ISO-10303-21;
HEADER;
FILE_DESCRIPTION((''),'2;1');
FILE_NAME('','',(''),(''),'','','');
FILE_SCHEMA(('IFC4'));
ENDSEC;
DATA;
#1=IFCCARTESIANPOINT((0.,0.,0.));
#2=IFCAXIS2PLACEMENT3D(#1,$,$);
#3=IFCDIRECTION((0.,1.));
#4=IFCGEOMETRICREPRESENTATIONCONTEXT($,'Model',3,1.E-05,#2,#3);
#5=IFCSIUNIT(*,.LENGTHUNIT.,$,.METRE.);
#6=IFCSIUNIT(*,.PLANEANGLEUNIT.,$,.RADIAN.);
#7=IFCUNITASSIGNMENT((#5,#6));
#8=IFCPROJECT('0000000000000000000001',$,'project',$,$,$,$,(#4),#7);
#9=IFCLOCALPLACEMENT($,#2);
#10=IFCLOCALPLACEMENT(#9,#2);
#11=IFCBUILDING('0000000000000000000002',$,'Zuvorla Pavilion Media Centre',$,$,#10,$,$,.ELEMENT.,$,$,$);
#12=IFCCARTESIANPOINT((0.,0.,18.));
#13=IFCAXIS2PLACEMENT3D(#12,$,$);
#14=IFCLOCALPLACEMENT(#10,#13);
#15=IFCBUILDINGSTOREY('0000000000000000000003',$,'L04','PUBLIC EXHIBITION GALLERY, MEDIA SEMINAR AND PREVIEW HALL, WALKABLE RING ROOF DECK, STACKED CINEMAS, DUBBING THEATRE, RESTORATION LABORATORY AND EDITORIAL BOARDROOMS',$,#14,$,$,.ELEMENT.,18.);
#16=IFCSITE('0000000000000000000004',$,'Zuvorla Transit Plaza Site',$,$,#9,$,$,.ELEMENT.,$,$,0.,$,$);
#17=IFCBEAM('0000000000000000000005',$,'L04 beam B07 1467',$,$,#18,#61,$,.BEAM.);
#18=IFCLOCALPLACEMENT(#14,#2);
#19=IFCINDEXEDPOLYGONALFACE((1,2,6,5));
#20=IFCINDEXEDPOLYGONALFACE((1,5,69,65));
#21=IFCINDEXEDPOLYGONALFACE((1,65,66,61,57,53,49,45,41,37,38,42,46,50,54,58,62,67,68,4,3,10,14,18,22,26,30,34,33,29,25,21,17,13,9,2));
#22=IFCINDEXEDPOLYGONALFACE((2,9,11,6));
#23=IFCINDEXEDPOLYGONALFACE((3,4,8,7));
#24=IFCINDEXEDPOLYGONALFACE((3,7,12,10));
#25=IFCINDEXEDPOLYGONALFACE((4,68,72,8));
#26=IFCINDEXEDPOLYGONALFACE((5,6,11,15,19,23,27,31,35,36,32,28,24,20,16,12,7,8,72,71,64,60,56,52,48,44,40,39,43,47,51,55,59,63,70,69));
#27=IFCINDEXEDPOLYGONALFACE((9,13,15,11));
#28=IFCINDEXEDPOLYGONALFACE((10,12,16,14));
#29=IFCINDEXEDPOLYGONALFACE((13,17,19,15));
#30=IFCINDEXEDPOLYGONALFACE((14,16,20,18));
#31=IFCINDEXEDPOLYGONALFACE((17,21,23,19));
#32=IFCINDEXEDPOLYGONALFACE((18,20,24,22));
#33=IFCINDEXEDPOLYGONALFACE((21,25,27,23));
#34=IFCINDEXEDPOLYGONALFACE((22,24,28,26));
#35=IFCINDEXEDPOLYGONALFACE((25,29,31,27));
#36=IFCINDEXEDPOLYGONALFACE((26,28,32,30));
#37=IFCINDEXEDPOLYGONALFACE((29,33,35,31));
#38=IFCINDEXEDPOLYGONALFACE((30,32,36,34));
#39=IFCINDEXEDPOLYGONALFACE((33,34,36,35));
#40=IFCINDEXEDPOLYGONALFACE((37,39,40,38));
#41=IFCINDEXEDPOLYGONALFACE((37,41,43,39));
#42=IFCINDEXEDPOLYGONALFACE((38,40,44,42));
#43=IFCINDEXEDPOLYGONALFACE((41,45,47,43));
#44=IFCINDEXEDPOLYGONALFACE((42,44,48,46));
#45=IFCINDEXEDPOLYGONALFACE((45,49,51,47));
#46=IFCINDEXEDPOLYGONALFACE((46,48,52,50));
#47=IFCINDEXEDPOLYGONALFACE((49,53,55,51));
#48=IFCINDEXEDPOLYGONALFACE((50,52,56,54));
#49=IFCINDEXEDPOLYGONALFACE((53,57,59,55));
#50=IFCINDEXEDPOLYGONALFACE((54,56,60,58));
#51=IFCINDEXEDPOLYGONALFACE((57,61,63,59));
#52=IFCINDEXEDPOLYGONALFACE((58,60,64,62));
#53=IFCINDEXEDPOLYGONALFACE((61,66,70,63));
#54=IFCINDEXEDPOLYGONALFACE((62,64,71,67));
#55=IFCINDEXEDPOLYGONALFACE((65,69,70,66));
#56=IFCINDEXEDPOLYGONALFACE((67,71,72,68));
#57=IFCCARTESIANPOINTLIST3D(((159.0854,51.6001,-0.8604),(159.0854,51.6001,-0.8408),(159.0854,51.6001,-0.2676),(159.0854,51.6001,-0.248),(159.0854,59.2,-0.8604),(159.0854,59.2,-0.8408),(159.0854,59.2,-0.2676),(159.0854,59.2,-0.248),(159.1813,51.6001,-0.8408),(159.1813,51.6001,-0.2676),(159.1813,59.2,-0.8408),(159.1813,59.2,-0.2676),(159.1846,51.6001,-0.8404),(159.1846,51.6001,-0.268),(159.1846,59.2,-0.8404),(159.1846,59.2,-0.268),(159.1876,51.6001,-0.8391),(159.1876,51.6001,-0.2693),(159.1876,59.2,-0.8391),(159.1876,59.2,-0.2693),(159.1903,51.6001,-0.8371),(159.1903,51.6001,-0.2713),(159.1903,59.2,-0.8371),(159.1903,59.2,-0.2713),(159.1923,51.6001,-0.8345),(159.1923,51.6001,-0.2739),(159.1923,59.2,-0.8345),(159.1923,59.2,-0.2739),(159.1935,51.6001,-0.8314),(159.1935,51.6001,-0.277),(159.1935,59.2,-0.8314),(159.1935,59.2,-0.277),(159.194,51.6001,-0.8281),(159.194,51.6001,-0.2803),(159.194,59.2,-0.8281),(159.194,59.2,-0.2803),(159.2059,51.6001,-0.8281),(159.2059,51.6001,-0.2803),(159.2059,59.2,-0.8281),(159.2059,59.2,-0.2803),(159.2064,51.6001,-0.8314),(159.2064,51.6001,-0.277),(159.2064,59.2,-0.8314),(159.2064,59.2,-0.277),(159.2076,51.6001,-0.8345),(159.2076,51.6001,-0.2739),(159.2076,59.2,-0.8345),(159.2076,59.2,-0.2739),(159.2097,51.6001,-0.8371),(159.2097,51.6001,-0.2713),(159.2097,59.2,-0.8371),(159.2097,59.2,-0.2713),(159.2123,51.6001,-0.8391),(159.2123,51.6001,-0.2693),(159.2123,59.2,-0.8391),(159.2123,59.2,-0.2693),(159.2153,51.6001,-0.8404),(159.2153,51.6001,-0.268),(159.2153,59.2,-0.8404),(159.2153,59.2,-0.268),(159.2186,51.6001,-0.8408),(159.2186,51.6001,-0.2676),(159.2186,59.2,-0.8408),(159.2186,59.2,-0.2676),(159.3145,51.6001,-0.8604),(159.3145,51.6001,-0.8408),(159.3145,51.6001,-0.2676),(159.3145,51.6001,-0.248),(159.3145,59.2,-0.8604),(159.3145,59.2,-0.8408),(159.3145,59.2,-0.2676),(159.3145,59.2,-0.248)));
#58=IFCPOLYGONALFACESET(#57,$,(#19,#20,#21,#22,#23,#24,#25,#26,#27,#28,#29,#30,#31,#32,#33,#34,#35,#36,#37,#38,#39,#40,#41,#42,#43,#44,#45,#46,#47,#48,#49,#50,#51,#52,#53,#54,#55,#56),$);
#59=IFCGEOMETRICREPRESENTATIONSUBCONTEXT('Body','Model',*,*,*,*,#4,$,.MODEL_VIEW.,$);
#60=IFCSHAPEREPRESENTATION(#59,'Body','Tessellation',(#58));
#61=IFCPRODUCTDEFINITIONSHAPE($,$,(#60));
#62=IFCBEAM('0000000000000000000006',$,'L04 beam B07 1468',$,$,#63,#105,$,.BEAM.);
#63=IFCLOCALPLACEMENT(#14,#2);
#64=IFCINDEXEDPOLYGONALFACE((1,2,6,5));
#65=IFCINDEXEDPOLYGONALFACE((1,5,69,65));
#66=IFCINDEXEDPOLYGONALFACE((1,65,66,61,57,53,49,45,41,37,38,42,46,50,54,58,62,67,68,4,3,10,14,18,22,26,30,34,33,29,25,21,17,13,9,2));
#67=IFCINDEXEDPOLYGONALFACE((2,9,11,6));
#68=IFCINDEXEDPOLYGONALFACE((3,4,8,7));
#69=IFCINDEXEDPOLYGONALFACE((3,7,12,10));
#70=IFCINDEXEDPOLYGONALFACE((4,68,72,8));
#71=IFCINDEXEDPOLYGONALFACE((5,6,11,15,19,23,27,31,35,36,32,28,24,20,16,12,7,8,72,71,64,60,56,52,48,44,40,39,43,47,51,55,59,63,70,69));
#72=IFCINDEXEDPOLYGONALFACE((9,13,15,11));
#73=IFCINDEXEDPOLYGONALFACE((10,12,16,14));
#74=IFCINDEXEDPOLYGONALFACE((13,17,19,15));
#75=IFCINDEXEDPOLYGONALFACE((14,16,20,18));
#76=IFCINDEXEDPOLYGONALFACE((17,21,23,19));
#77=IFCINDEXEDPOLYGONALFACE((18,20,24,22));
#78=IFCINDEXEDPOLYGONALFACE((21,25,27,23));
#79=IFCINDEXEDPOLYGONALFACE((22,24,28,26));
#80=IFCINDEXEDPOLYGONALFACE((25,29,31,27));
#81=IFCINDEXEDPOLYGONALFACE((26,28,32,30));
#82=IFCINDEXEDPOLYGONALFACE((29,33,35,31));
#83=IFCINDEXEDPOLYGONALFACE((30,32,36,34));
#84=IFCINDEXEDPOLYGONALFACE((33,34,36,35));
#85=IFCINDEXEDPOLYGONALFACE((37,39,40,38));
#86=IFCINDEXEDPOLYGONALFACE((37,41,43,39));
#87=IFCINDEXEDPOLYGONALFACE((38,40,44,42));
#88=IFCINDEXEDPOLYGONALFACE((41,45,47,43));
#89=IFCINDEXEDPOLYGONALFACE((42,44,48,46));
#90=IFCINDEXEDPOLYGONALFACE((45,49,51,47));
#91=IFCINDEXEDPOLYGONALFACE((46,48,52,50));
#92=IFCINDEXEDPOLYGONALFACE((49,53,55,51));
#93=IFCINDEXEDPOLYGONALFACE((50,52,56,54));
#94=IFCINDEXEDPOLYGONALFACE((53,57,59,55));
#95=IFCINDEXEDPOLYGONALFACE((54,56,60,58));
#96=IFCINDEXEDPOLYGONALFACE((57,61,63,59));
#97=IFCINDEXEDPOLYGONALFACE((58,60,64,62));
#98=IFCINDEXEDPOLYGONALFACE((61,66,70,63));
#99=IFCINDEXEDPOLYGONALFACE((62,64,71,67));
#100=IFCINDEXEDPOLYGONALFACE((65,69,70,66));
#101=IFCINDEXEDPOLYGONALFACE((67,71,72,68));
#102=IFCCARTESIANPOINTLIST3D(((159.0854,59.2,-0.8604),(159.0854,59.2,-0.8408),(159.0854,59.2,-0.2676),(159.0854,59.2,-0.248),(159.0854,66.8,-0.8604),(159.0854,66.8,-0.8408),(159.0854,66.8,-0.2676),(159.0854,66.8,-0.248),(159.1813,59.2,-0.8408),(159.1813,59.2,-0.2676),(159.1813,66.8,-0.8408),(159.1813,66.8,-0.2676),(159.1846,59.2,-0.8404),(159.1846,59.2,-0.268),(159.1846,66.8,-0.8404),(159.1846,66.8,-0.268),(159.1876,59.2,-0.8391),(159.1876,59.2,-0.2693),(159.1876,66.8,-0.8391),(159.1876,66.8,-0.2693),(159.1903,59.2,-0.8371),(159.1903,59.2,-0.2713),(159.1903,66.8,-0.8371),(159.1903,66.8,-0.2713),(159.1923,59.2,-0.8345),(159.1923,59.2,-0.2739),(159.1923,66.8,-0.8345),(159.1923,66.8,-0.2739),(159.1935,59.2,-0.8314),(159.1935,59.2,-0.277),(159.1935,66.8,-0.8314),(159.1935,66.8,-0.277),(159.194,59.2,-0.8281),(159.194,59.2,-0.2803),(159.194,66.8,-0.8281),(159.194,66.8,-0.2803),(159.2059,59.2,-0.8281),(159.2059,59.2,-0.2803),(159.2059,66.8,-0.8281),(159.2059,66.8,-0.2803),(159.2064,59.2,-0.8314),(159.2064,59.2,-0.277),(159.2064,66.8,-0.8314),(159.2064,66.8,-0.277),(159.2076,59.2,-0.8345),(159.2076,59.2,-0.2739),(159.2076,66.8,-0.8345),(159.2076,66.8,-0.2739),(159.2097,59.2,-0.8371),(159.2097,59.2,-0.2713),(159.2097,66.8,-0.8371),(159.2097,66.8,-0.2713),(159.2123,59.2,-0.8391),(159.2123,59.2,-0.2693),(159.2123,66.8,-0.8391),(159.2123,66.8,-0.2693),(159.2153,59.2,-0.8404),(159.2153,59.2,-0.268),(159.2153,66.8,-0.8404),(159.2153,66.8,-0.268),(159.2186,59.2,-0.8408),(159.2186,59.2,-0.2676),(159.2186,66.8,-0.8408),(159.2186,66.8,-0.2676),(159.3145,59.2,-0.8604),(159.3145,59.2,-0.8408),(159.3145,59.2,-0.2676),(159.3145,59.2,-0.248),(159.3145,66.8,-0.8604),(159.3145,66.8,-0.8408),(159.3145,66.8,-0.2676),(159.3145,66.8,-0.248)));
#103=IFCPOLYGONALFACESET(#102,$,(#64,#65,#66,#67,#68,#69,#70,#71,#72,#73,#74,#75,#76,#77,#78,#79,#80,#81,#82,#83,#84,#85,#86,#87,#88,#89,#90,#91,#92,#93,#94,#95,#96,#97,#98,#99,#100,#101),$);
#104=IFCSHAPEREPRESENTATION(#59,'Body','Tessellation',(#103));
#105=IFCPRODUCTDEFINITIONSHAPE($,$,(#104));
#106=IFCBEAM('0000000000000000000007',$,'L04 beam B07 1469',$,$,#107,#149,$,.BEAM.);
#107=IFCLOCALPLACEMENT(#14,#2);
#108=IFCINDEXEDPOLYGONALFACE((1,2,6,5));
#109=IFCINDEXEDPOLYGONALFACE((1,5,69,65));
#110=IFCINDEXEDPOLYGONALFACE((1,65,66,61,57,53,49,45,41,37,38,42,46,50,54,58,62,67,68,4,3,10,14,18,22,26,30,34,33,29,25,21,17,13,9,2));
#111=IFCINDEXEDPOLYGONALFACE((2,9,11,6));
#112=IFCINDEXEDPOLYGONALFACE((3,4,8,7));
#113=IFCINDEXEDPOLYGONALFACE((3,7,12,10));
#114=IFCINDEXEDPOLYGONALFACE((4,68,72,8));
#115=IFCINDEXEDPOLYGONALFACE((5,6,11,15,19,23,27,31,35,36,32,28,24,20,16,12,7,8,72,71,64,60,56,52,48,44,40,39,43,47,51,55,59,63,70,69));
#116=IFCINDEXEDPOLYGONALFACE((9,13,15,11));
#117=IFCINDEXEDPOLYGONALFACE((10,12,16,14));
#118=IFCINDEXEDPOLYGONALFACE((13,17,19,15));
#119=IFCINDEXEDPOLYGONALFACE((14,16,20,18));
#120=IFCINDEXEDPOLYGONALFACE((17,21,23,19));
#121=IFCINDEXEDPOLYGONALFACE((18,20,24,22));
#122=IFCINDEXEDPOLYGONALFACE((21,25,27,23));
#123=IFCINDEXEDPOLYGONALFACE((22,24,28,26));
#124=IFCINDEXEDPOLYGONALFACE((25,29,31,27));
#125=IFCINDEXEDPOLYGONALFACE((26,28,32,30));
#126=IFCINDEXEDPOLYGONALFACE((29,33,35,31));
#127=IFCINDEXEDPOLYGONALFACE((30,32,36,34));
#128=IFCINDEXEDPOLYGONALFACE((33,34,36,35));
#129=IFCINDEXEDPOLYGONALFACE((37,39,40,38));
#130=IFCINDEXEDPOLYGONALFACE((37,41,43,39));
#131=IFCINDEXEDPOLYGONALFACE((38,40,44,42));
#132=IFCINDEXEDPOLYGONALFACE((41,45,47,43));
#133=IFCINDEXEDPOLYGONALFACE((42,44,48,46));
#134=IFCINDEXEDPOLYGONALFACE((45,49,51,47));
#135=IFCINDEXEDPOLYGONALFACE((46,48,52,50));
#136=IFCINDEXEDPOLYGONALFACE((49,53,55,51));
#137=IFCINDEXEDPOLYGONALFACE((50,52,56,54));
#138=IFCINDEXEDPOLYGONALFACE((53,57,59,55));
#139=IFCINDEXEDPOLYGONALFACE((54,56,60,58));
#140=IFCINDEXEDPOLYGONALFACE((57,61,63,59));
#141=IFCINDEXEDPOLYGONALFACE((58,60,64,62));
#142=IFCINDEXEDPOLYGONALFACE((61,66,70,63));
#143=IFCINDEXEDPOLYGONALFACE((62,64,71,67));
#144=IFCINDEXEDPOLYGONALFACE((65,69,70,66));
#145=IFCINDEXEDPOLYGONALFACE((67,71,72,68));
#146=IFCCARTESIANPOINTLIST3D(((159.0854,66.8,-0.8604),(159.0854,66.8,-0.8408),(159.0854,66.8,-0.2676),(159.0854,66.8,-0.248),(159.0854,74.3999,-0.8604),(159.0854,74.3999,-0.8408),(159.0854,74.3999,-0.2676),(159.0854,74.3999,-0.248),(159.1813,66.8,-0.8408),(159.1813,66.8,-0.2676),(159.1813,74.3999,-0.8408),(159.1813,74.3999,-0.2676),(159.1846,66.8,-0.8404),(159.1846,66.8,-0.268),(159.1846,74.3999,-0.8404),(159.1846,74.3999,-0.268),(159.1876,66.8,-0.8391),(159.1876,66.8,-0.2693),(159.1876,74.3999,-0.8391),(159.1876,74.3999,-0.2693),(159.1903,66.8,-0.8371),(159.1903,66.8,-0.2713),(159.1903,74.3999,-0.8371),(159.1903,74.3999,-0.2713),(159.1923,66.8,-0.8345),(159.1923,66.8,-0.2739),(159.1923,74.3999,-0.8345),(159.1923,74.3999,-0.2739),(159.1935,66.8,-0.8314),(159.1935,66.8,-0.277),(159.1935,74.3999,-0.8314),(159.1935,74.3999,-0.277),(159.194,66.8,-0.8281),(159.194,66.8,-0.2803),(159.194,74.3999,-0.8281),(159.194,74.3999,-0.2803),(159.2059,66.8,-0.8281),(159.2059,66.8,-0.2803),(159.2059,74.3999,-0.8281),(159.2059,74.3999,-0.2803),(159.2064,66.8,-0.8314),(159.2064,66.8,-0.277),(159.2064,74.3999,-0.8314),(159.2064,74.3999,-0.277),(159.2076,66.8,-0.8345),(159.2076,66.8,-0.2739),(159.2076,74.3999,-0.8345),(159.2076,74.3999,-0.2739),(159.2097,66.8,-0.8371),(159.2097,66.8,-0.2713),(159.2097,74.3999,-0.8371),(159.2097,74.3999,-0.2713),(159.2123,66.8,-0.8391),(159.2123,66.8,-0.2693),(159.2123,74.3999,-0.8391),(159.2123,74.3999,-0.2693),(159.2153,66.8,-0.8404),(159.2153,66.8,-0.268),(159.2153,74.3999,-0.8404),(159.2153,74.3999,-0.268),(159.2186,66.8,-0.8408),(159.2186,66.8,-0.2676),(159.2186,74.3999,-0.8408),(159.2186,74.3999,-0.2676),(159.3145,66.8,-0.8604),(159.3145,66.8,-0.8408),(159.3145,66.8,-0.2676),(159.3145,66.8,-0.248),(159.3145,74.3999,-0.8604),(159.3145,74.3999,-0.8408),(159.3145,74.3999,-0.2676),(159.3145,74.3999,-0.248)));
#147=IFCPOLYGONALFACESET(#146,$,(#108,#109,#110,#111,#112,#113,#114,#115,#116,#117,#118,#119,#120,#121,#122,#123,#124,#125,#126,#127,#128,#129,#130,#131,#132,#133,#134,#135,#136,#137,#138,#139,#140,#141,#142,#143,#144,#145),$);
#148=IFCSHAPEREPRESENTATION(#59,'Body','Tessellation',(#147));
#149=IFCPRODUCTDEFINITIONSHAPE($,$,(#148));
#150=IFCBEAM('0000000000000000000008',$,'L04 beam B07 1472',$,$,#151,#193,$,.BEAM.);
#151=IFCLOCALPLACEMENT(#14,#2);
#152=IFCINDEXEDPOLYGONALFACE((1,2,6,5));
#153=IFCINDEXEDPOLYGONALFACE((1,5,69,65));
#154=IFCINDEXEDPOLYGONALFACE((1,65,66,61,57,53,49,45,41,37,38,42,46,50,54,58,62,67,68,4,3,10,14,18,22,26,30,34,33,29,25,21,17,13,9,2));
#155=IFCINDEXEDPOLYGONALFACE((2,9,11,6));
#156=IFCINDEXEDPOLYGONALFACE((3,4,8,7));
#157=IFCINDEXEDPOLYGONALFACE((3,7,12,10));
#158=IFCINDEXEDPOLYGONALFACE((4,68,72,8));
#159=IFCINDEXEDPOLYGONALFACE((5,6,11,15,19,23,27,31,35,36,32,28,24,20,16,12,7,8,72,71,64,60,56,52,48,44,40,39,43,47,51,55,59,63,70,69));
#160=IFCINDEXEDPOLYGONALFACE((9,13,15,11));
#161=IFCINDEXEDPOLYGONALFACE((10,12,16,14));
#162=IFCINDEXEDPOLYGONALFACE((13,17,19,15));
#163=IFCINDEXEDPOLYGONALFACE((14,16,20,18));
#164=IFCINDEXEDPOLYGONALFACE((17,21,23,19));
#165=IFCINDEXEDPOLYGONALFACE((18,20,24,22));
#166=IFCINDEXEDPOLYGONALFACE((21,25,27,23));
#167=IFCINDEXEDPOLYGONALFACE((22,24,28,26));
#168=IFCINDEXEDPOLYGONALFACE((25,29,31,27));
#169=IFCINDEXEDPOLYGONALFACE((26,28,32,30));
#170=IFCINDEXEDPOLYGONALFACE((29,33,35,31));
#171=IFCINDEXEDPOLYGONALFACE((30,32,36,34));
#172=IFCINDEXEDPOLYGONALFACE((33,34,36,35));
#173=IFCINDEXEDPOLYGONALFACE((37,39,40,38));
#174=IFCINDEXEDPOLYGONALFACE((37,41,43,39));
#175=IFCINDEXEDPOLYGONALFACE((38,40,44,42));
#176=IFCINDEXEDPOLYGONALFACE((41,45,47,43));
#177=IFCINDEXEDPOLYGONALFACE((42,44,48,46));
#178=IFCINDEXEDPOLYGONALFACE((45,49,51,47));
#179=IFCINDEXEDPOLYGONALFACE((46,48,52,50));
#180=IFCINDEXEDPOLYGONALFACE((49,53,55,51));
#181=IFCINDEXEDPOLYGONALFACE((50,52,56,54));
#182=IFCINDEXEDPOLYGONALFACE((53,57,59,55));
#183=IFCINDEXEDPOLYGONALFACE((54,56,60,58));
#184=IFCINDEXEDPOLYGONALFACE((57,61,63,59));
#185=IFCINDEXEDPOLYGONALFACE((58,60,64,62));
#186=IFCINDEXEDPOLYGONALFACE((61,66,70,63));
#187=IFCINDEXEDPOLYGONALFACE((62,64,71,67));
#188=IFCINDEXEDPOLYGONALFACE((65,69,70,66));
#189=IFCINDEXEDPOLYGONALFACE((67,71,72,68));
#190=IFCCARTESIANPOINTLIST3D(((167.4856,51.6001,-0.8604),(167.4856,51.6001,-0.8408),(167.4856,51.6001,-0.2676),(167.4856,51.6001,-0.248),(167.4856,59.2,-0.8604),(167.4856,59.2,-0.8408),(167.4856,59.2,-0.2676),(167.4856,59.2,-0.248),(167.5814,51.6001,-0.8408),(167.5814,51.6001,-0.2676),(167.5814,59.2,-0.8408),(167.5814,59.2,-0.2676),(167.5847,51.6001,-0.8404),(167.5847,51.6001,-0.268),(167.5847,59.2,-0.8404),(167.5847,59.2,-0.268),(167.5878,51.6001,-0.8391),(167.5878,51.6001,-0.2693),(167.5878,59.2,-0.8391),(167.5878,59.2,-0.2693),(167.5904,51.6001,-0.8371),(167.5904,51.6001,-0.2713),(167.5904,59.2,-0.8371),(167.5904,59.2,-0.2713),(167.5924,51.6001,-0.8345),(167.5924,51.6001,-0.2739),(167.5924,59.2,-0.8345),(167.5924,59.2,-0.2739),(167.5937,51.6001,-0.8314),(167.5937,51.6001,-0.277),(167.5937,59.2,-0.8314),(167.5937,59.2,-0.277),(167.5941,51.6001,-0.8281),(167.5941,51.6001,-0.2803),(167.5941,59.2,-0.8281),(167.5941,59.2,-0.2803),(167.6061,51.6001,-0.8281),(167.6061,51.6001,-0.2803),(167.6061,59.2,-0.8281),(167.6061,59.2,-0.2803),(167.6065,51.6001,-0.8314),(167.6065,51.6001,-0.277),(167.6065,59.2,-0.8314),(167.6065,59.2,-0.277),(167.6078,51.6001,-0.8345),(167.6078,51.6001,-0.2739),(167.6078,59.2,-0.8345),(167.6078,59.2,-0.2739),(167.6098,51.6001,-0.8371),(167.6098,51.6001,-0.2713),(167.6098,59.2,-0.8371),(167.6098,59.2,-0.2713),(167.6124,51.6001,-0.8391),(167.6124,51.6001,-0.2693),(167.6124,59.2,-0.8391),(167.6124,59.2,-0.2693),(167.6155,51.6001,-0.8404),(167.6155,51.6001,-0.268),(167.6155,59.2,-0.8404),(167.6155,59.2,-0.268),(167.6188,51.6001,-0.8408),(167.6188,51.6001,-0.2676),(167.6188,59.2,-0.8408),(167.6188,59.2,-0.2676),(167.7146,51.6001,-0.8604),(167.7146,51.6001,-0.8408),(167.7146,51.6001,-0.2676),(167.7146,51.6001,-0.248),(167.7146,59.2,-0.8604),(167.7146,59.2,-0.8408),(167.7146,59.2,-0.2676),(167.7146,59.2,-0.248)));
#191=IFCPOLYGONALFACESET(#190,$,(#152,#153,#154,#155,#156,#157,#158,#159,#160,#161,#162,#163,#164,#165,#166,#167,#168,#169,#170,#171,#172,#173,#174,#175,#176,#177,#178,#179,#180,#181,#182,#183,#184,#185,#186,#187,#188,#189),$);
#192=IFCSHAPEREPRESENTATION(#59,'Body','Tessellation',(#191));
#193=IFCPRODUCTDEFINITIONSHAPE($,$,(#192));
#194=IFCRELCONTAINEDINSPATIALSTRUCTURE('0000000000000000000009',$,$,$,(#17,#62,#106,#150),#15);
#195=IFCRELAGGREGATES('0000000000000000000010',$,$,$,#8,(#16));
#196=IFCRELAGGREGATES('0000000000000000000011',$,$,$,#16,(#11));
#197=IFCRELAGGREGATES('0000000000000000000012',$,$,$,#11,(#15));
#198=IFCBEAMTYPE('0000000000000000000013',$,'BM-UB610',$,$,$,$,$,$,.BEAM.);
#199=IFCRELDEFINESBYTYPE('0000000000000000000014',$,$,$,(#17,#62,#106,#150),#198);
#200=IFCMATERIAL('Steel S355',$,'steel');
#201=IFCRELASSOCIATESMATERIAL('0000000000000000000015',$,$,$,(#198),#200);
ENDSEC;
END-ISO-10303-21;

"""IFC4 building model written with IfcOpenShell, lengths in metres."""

from ifc_helpers import new_model, si_unit, direction, frame, origin, origin_2d, place, context, subcontext, project, spatial, i_section, extrude, material, material_profile, profile_set, type_object, element, save


model = new_model("IFC4")

# Units and contexts
model_context = context("Model", 3, precision=1e-05, world=origin(), true_north=direction((0.0, 1.0)))
body_context = subcontext(model_context, "Body", "Model", "MODEL_VIEW")
ifc_project = project(units=[si_unit("LENGTHUNIT", "METRE"), si_unit("PLANEANGLEUNIT", "RADIAN")], contexts=[model_context])

# Site, building, storey
site_placement = place(None, origin())
site = spatial("IfcSite", under=ifc_project, at=site_placement, Name="Zuvorla Transit Plaza Site", CompositionType="ELEMENT", RefElevation=0.0)
building_placement = place(site_placement, origin())
building = spatial("IfcBuilding", under=site, at=building_placement, Name="Zuvorla Pavilion Media Centre", CompositionType="ELEMENT")
storey_placement = place(building_placement, frame((0.0, 0.0, 18.0)))
storey = spatial("IfcBuildingStorey", under=building, at=storey_placement, Name="L04", Description="PUBLIC EXHIBITION GALLERY, MEDIA SEMINAR AND PREVIEW HALL, WALKABLE RING ROOF DECK, STACKED CINEMAS, DUBBING THEATRE, RESTORATION LABORATORY AND EDITORIAL BOARDROOMS", CompositionType="ELEMENT", Elevation=18.0)

# Beams
ifc_material = material(Name="Steel S355", Category="steel")
ifc_material_profile_1 = material_profile(ifc_material, i_section(OverallWidth=0.229, OverallDepth=0.6123, WebThickness=0.012, FlangeThickness=0.0195, FilletRadius=0.0127, at=origin_2d()), Name="UB 610x229x125")
ifc_profile_set_1 = profile_set([ifc_material_profile_1], Name="Steel S355")
beam_type_1 = type_object("IfcBeamType", Name="BM-UB610", PredefinedType="BEAM", material=ifc_profile_set_1)
beam_1_placement = place(storey_placement, frame((159.2, 51.6001, -0.5542), z_axis=(0.0, 1.0, 0.0), x_axis=(-1.0, 0.0, 0.0)))
element("IfcBeam", 1, at=beam_1_placement, inside=storey, type_object=beam_type_1, Name="L04 beam B07 1467", PredefinedType="BEAM", context=body_context, shape_type="SweptSolid", body=[
    extrude(i_section(OverallWidth=0.229, OverallDepth=0.6123, WebThickness=0.012, FlangeThickness=0.0195, FilletRadius=0.0127, at=origin_2d()), origin(), (0.0, 0.0, 1.0), 7.5999),
])
beam_2_placement = place(storey_placement, frame((159.2, 59.2, -0.5542), z_axis=(0.0, 1.0, 0.0), x_axis=(-1.0, 0.0, 0.0)))
element("IfcBeam", 2, at=beam_2_placement, inside=storey, type_object=beam_type_1, Name="L04 beam B07 1468", PredefinedType="BEAM", context=body_context, shape_type="SweptSolid", body=[
    extrude(i_section(OverallWidth=0.229, OverallDepth=0.6123, WebThickness=0.012, FlangeThickness=0.0195, FilletRadius=0.0127, at=origin_2d()), origin(), (0.0, 0.0, 1.0), 7.6001),
])
for number, where, z_axis, x_axis, name in (
    (3, (159.2, 66.8, -0.5542), (0.0, 1.0, 0.0), (-1.0, 0.0, 0.0), "L04 beam B07 1469"),
    (4, (167.6001, 51.6001, -0.5542), (0.0, 1.0, 0.0), (-1.0, 0.0, 0.0), "L04 beam B07 1472"),
):
    element("IfcBeam", number, at=place(storey_placement, frame(where, z_axis=z_axis, x_axis=x_axis)), inside=storey, type_object=beam_type_1, Name=name, PredefinedType="BEAM", context=body_context, shape_type="SweptSolid", body=[
        extrude(i_section(OverallWidth=0.229, OverallDepth=0.6123, WebThickness=0.012, FlangeThickness=0.0195, FilletRadius=0.0127, at=origin_2d()), origin(), (0.0, 0.0, 1.0), 7.5999),
    ])

save(model, "model.ifc")
